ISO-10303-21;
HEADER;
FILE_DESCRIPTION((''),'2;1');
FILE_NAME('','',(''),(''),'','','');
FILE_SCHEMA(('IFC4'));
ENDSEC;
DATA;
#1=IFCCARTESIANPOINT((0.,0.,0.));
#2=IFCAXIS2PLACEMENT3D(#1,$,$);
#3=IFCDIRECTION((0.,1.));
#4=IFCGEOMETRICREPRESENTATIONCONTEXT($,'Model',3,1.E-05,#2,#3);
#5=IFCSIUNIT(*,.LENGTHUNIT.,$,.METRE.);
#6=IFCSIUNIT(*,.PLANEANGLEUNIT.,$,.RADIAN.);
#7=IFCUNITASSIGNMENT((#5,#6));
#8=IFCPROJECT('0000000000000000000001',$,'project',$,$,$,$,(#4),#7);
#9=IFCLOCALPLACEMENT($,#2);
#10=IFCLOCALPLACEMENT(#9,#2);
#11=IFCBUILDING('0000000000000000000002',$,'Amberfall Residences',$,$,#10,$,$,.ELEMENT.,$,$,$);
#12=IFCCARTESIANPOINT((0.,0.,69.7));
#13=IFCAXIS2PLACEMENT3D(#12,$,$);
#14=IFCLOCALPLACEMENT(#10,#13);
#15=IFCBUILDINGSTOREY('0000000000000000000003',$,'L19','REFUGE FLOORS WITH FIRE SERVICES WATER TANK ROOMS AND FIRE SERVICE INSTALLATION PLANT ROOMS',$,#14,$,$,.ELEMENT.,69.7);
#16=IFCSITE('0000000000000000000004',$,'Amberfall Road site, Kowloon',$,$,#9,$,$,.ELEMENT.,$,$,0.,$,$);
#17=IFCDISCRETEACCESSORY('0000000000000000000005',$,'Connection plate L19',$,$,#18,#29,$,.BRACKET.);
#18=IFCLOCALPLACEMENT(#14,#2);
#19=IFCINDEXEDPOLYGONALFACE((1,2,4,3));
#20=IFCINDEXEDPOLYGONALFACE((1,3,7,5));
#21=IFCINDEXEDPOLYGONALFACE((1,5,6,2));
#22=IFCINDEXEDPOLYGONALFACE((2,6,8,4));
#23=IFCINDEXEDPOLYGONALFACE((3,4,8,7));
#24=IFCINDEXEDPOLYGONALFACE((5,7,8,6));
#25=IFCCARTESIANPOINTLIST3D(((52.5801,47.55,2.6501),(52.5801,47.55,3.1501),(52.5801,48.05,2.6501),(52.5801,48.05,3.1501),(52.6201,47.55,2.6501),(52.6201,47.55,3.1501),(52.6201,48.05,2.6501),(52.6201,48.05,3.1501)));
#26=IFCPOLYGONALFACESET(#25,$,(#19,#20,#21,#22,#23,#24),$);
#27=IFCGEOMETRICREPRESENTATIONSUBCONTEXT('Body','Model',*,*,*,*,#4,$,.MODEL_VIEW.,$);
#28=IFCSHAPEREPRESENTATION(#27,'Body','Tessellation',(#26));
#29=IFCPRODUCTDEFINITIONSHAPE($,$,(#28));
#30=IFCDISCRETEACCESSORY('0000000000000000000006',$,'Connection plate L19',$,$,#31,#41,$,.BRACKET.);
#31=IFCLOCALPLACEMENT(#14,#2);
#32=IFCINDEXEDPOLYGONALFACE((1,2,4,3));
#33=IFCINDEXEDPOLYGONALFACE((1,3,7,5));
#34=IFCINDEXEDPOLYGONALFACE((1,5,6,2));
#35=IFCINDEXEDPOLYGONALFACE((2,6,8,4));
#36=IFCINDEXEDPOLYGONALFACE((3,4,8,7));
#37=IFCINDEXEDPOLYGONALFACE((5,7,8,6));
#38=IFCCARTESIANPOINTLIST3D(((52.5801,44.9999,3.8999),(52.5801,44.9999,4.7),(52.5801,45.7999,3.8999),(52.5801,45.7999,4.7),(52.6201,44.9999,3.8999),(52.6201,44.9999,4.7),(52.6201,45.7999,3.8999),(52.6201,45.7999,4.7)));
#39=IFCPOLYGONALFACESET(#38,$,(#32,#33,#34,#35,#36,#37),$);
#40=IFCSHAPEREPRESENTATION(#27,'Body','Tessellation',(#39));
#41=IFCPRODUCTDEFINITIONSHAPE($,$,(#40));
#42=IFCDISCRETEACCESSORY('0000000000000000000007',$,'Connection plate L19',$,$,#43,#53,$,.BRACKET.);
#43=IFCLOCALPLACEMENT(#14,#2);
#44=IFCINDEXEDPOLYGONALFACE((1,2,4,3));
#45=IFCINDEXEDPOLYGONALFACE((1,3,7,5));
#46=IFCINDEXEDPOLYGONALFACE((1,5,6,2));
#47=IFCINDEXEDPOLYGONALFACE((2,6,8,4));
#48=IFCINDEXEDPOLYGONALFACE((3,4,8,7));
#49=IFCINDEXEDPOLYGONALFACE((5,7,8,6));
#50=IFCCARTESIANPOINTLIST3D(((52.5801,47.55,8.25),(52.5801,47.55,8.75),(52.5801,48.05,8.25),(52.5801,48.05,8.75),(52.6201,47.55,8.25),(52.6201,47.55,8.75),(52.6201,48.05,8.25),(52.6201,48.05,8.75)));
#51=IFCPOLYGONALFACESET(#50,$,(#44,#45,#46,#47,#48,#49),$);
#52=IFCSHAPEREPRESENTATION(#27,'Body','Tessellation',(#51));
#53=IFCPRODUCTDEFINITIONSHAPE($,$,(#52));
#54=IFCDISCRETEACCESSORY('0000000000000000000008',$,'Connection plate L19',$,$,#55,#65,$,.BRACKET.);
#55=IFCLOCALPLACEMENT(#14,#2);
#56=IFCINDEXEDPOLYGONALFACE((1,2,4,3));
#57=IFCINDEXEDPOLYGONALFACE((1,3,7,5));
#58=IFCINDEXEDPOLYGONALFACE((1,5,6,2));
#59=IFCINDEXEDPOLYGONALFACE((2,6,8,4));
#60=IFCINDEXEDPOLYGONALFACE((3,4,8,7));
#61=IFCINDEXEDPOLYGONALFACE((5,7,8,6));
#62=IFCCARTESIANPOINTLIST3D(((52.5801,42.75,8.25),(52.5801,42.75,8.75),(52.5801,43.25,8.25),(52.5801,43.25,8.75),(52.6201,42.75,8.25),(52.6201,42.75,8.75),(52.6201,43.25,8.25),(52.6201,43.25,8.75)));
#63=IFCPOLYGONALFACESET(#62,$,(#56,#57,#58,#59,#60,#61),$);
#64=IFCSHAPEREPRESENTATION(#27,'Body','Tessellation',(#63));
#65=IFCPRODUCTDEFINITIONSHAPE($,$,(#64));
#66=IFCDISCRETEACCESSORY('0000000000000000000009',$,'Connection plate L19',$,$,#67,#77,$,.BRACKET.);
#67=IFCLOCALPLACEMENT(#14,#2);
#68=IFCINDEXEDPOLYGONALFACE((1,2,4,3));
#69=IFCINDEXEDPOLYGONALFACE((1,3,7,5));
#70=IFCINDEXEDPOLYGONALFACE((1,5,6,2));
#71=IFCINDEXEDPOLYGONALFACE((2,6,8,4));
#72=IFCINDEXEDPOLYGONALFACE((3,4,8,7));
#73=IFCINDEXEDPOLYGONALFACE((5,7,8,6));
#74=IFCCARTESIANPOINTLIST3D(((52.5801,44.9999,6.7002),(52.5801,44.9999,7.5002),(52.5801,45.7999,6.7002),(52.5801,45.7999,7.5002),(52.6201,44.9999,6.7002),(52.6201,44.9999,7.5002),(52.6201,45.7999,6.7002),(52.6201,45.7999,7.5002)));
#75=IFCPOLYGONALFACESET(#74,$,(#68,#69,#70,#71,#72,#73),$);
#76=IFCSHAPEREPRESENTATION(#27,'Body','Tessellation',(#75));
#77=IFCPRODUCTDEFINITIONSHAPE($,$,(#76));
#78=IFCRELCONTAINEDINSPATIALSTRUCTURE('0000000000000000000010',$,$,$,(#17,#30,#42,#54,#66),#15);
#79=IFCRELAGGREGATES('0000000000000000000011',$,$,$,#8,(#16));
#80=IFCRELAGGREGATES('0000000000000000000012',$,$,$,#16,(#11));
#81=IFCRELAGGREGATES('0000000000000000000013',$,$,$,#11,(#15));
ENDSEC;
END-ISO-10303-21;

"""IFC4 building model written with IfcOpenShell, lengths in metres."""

from ifc_helpers import new_model, si_unit, direction, frame, origin, origin_2d, place, context, subcontext, project, spatial, rectangle, extrude, element, save


model = new_model("IFC4")

# Units and contexts
model_context = context("Model", 3, precision=1e-05, world=origin(), true_north=direction((0.0, 1.0)))
body_context = subcontext(model_context, "Body", "Model", "MODEL_VIEW")
ifc_project = project(units=[si_unit("LENGTHUNIT", "METRE"), si_unit("PLANEANGLEUNIT", "RADIAN")], contexts=[model_context])

# Site, building, storey
site_placement = place(None, origin())
site = spatial("IfcSite", under=ifc_project, at=site_placement, Name="Amberfall Road site, Kowloon", CompositionType="ELEMENT", RefElevation=0.0)
building_placement = place(site_placement, origin())
building = spatial("IfcBuilding", under=site, at=building_placement, Name="Amberfall Residences", CompositionType="ELEMENT")
storey_placement = place(building_placement, frame((0.0, 0.0, 69.7)))
storey = spatial("IfcBuildingStorey", under=building, at=storey_placement, Name="L19", Description="REFUGE FLOORS WITH FIRE SERVICES WATER TANK ROOMS AND FIRE SERVICE INSTALLATION PLANT ROOMS", CompositionType="ELEMENT", Elevation=69.7)

# Discrete accessories
for number, where, z_axis, x_axis, name in (
    (1, (52.6001, 47.8, 2.6501), (0.0, 0.0, 1.0), (0.0, 1.0, 0.0), "Connection plate L19"),
):
    element("IfcDiscreteAccessory", number, at=place(storey_placement, frame(where, z_axis=z_axis, x_axis=x_axis)), inside=storey, Name=name, PredefinedType="BRACKET", context=body_context, shape_type="SweptSolid", body=[
        extrude(rectangle(XDim=0.5, YDim=0.04, at=origin_2d()), origin(), (0.0, 0.0, 1.0), 0.5),
    ])
discrete_accessory_1_placement = place(storey_placement, frame((52.6001, 45.3999, 3.8999), z_axis=(0.0, 0.0, 1.0), x_axis=(0.0, 1.0, 0.0)))
element("IfcDiscreteAccessory", 2, at=discrete_accessory_1_placement, inside=storey, Name="Connection plate L19", PredefinedType="BRACKET", context=body_context, shape_type="SweptSolid", body=[
    extrude(rectangle(XDim=0.8, YDim=0.04, at=origin_2d()), origin(), (0.0, 0.0, 1.0), 0.8),
])
for number, where, z_axis, x_axis, name in (
    (3, (52.6001, 47.8, 8.25), (0.0, 0.0, 1.0), (0.0, 1.0, 0.0), "Connection plate L19"),
    (4, (52.6001, 43.0, 8.25), (0.0, 0.0, 1.0), (0.0, 1.0, 0.0), "Connection plate L19"),
):
    element("IfcDiscreteAccessory", number, at=place(storey_placement, frame(where, z_axis=z_axis, x_axis=x_axis)), inside=storey, Name=name, PredefinedType="BRACKET", context=body_context, shape_type="SweptSolid", body=[
        extrude(rectangle(XDim=0.5, YDim=0.04, at=origin_2d()), origin(), (0.0, 0.0, 1.0), 0.5),
    ])
discrete_accessory_2_placement = place(storey_placement, frame((52.6001, 45.3999, 6.7002), z_axis=(0.0, 0.0, 1.0), x_axis=(0.0, 1.0, 0.0)))
element("IfcDiscreteAccessory", 5, at=discrete_accessory_2_placement, inside=storey, Name="Connection plate L19", PredefinedType="BRACKET", context=body_context, shape_type="SweptSolid", body=[
    extrude(rectangle(XDim=0.8, YDim=0.04, at=origin_2d()), origin(), (0.0, 0.0, 1.0), 0.8),
])

save(model, "model.ifc")
